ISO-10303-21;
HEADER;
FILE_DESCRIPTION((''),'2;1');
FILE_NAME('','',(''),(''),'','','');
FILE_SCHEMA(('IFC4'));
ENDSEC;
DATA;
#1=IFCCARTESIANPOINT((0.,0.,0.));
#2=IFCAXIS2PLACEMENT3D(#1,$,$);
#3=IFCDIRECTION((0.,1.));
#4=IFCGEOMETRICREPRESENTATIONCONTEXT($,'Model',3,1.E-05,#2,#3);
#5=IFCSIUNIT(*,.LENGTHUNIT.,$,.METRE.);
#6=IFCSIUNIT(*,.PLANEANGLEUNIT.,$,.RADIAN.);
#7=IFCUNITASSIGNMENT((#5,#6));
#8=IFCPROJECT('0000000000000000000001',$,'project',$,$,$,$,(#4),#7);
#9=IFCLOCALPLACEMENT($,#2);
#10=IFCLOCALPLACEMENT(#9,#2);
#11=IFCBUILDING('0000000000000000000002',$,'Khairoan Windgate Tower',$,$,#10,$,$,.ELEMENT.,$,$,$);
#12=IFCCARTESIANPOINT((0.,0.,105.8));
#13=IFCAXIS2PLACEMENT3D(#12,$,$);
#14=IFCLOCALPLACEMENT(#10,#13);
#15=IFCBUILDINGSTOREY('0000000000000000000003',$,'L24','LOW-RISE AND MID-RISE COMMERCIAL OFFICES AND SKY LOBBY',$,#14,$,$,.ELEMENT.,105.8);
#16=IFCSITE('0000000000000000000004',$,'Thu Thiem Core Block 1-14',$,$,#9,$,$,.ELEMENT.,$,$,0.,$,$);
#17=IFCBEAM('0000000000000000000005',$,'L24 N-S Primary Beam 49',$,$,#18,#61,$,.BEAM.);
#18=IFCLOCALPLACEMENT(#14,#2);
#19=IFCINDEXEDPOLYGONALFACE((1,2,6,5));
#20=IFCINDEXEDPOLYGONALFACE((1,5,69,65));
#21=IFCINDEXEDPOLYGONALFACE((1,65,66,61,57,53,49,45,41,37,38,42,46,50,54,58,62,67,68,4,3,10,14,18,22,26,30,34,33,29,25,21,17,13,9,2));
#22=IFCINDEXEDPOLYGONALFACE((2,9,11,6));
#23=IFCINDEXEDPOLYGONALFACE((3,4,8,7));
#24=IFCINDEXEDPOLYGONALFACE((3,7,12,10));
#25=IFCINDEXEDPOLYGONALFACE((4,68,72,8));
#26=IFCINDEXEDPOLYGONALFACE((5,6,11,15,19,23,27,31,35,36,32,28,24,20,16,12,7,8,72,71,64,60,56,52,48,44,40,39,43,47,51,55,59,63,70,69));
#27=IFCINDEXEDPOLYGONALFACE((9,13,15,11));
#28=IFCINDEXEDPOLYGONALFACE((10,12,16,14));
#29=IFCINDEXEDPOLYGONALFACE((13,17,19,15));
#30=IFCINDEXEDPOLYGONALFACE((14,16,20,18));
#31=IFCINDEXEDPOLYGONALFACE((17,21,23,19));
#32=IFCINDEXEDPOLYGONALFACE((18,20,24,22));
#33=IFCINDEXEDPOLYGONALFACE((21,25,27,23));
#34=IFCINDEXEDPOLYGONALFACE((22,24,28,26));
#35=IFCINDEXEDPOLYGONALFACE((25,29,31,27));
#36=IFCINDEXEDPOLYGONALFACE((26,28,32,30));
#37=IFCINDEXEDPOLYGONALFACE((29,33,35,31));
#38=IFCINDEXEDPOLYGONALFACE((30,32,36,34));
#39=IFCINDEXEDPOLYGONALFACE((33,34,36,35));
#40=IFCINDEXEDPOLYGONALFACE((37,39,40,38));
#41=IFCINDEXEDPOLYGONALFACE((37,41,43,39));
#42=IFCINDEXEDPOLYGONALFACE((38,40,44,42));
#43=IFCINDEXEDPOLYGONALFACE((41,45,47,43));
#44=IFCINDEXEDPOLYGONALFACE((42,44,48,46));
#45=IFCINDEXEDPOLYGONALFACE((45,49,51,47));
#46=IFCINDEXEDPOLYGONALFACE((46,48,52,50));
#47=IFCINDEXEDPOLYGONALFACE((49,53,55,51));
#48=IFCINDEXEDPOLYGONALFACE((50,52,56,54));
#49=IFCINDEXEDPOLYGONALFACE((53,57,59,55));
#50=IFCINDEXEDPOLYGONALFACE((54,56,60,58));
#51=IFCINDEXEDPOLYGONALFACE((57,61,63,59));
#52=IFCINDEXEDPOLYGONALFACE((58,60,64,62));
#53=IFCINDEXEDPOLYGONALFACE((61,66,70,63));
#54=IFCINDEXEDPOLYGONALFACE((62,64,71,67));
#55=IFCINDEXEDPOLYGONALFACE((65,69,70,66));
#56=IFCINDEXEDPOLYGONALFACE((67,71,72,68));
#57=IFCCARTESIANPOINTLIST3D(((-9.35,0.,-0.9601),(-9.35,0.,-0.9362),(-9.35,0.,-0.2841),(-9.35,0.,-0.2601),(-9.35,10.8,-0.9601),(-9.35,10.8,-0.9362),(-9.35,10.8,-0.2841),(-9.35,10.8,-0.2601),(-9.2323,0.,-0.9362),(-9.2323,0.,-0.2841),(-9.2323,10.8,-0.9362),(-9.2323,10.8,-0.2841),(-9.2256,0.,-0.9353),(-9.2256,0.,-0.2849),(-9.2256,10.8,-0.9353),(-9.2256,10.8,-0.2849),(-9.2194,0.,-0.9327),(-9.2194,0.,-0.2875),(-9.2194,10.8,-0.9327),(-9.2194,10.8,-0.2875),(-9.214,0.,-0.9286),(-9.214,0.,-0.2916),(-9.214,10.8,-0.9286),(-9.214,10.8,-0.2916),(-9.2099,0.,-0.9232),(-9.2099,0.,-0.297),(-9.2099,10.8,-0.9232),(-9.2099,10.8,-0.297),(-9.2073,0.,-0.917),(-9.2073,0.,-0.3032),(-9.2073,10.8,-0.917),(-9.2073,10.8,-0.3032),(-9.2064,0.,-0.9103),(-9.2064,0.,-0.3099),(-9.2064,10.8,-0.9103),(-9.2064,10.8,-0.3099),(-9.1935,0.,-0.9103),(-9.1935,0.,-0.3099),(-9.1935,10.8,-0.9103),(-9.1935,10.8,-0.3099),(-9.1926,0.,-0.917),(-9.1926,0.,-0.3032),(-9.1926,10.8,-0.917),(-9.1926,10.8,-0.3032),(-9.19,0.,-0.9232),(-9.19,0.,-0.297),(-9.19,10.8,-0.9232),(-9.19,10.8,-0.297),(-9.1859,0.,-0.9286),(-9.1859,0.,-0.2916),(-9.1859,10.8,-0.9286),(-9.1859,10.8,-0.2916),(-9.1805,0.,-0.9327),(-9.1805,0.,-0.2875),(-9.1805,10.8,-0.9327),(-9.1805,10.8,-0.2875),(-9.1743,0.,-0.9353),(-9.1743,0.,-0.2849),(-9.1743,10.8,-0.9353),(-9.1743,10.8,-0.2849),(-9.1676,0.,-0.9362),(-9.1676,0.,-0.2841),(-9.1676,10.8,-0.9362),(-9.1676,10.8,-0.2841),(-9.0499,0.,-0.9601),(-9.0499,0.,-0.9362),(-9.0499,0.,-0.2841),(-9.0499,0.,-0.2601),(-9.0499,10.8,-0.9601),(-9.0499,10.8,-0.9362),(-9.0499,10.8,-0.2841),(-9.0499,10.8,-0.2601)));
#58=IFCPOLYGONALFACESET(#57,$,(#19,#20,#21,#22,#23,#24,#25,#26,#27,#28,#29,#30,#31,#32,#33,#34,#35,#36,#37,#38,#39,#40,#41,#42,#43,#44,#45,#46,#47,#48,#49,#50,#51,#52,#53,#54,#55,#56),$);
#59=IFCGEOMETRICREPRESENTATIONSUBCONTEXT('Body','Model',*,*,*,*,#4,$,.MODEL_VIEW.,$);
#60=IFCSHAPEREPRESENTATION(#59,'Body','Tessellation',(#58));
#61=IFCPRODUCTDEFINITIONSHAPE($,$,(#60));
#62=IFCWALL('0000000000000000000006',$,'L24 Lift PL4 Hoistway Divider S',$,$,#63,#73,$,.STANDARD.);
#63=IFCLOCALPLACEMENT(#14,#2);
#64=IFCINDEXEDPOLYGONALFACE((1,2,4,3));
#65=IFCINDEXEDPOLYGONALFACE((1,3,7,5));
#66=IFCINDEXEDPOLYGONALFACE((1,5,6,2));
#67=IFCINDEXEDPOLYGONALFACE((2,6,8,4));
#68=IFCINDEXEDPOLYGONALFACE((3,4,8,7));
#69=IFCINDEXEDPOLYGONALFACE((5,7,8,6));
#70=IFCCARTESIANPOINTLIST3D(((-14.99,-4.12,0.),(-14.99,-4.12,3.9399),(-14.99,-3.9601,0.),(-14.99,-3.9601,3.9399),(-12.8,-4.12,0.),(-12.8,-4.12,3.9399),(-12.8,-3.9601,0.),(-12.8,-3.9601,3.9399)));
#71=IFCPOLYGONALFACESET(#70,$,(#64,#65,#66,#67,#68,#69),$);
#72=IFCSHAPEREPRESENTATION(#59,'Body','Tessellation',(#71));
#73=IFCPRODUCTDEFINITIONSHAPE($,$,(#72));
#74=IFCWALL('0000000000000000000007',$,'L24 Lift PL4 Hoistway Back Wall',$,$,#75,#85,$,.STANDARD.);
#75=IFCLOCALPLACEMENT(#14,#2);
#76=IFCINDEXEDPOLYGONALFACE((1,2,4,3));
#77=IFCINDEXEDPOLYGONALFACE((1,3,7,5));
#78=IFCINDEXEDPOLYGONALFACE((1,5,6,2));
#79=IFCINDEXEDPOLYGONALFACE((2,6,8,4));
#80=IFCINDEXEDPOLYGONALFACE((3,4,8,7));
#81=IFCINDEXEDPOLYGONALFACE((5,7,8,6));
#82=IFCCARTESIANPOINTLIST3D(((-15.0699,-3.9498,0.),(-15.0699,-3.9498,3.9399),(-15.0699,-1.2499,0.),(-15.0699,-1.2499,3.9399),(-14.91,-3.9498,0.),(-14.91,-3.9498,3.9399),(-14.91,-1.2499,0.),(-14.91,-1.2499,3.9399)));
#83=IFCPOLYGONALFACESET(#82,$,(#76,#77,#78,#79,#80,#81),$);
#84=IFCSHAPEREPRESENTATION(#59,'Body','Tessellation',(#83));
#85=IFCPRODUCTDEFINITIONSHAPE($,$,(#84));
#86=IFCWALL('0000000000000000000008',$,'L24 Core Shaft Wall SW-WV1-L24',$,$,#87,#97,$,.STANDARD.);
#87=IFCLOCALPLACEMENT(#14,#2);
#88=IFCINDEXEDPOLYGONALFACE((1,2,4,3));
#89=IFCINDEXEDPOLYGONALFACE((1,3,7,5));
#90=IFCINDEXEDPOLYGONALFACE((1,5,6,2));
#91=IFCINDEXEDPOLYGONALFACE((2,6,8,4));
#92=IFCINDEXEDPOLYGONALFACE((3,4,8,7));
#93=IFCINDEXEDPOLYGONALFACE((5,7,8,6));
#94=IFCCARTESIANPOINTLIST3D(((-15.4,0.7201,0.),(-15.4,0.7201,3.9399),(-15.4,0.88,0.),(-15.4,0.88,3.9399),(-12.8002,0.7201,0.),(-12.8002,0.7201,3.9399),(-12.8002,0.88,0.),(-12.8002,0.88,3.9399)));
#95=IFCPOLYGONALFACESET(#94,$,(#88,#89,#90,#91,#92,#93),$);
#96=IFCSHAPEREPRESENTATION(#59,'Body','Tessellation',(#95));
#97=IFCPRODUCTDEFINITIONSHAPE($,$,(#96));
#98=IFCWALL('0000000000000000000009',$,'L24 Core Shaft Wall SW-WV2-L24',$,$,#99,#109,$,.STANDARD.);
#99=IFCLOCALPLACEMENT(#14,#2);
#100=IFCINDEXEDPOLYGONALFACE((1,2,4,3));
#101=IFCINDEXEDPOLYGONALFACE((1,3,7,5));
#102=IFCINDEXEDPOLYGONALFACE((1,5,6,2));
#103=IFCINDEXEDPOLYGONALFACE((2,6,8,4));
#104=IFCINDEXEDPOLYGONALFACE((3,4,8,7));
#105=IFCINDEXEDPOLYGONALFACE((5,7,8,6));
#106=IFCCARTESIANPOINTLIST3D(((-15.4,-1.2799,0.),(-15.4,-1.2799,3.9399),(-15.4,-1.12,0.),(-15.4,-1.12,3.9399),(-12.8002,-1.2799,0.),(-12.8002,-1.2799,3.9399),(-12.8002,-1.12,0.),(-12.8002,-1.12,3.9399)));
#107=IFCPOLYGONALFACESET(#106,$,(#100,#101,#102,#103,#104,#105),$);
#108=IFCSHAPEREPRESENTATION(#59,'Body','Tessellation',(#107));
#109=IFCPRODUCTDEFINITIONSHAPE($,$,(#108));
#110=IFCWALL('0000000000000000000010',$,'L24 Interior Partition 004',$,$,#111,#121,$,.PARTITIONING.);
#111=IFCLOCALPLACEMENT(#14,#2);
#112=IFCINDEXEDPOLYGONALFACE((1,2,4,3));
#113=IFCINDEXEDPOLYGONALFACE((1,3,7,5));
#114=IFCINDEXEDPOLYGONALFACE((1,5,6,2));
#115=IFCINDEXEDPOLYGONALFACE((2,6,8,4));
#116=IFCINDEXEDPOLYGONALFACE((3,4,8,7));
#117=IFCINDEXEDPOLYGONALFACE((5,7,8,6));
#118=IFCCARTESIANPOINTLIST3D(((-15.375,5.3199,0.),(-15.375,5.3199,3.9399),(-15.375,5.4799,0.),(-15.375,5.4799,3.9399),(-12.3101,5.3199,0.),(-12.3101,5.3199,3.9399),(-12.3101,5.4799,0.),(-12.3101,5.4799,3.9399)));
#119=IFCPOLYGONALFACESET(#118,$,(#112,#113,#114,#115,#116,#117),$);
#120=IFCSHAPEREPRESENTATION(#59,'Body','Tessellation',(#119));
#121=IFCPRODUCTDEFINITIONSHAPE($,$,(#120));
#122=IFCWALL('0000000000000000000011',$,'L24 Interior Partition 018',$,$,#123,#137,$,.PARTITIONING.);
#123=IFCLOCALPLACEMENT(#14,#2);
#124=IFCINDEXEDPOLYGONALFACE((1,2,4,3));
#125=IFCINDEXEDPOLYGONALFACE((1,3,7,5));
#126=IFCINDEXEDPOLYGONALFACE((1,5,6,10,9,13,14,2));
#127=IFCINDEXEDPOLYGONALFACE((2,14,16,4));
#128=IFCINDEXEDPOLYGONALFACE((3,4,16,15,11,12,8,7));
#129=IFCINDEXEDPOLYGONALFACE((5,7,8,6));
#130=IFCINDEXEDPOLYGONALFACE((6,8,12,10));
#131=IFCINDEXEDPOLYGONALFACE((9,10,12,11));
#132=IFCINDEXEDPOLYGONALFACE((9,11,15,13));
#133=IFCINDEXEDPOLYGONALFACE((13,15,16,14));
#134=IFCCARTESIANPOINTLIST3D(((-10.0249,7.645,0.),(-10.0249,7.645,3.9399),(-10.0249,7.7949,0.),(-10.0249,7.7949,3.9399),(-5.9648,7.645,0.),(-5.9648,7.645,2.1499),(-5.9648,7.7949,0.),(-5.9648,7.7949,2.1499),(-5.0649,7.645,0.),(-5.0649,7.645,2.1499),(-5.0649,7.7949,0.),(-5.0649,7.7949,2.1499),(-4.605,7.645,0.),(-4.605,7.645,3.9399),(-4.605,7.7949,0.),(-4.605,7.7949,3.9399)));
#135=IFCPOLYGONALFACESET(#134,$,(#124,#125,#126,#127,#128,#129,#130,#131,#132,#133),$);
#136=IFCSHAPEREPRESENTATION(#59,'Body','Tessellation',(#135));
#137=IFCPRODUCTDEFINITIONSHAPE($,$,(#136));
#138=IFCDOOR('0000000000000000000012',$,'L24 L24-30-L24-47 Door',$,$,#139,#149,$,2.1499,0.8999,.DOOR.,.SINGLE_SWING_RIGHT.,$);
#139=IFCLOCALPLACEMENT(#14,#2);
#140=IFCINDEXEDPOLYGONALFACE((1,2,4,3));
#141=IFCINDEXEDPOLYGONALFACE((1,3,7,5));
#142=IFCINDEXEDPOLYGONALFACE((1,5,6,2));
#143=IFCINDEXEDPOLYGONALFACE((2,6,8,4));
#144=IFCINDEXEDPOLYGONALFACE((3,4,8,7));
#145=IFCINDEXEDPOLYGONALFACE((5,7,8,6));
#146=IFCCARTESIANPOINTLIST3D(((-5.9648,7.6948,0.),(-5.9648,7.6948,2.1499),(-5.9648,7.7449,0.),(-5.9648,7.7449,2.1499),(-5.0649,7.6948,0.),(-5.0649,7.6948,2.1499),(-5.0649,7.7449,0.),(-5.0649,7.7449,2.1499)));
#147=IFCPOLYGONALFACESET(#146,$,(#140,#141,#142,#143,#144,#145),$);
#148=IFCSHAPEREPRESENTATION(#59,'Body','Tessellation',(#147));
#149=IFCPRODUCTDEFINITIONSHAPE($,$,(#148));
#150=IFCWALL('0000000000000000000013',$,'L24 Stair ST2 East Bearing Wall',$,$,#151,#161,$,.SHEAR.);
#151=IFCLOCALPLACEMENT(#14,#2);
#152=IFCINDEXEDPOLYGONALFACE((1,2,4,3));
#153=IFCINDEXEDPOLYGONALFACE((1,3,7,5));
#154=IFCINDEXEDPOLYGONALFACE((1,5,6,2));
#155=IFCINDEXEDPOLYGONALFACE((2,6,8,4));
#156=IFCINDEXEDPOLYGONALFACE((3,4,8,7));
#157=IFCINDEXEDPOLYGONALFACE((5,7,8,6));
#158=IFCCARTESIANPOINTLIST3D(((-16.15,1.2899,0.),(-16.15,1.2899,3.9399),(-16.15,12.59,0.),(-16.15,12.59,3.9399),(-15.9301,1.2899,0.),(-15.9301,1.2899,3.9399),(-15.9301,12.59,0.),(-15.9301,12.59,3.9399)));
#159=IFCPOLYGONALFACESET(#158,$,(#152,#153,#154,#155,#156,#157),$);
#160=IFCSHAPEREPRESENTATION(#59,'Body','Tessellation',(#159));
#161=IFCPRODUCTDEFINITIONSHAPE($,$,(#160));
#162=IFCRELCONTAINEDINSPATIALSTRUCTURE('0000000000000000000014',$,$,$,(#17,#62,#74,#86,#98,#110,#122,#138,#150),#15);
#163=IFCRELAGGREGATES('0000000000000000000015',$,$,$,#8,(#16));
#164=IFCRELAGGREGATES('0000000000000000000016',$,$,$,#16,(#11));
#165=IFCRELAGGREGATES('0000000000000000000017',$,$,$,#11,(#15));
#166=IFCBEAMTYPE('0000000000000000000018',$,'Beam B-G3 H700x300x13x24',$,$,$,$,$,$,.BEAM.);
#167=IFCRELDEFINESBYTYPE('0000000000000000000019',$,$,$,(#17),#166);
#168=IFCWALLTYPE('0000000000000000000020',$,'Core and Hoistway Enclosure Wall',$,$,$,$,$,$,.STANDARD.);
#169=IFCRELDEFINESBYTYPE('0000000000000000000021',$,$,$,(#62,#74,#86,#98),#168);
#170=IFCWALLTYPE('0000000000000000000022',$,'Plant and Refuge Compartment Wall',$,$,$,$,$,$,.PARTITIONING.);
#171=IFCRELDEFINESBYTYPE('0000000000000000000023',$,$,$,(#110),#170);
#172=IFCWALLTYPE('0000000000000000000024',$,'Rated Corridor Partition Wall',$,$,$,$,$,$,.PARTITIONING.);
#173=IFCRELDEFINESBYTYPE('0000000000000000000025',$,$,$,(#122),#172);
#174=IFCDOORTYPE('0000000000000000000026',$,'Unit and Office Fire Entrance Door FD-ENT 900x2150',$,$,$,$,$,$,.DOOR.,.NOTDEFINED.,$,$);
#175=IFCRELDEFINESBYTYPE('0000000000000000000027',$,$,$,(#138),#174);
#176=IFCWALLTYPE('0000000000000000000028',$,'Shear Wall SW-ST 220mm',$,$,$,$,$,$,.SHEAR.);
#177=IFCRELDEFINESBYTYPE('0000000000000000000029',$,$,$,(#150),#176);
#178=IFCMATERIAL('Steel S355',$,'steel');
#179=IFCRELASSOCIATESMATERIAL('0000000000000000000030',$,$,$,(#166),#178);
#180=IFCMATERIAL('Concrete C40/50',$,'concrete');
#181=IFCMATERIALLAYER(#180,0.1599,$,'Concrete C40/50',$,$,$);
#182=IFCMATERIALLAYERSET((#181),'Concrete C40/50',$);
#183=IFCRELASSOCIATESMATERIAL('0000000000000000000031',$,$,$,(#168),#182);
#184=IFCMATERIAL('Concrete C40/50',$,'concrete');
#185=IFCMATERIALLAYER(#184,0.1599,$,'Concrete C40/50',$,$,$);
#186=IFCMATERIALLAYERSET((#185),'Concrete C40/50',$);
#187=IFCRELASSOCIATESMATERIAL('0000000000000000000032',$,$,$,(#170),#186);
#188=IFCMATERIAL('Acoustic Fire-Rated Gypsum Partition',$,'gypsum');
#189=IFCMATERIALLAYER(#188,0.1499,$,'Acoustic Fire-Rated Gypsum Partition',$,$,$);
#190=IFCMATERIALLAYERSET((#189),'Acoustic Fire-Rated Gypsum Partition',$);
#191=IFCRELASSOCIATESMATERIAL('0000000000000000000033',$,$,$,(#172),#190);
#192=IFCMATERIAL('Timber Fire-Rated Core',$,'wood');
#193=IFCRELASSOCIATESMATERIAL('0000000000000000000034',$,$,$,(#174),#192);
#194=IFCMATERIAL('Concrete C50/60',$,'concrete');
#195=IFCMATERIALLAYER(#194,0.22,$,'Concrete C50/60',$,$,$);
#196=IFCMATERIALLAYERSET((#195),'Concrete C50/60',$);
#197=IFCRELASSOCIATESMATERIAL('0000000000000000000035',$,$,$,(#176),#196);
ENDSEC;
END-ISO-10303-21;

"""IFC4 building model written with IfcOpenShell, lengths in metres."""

from ifc_helpers import new_model, si_unit, direction, frame, frame_2d, origin, origin_2d, place, context, subcontext, project, spatial, rectangle, i_section, extrude, material, layer, layer_set, material_profile, profile_set, type_object, element, fill, save


model = new_model("IFC4")

# Units and contexts
model_context = context("Model", 3, precision=1e-05, world=origin(), true_north=direction((0.0, 1.0)))
body_context = subcontext(model_context, "Body", "Model", "MODEL_VIEW")
ifc_project = project(units=[si_unit("LENGTHUNIT", "METRE"), si_unit("PLANEANGLEUNIT", "RADIAN")], contexts=[model_context])

# Site, building, storey
site_placement = place(None, origin())
site = spatial("IfcSite", under=ifc_project, at=site_placement, Name="Thu Thiem Core Block 1-14", CompositionType="ELEMENT", RefElevation=0.0)
building_placement = place(site_placement, origin())
building = spatial("IfcBuilding", under=site, at=building_placement, Name="Khairoan Windgate Tower", CompositionType="ELEMENT")
storey_placement = place(building_placement, frame((0.0, 0.0, 105.8)))
storey = spatial("IfcBuildingStorey", under=building, at=storey_placement, Name="L24", Description="LOW-RISE AND MID-RISE COMMERCIAL OFFICES AND SKY LOBBY", CompositionType="ELEMENT", Elevation=105.8)

# Beam
ifc_material_1 = material(Name="Steel S355", Category="steel")
ifc_material_profile_1 = material_profile(ifc_material_1, i_section(OverallWidth=0.3, OverallDepth=0.7, WebThickness=0.0129, FlangeThickness=0.0239, FilletRadius=0.0259, at=origin_2d()))
ifc_profile_set_1 = profile_set([ifc_material_profile_1], Name="Steel S355")
beam_type = type_object("IfcBeamType", Name="Beam B-G3 H700x300x13x24", PredefinedType="BEAM", material=ifc_profile_set_1)
for number, where, z_axis, x_axis, name in (
    (1, (-9.2, 0.0, -0.6101), (0.0, 1.0, 0.0), (-1.0, 0.0, 0.0), "L24 N-S Primary Beam 49"),
):
    element("IfcBeam", number, at=place(storey_placement, frame(where, z_axis=z_axis, x_axis=x_axis)), inside=storey, type_object=beam_type, Name=name, PredefinedType="BEAM", context=body_context, shape_type="SweptSolid", body=[
        extrude(i_section(OverallWidth=0.3, OverallDepth=0.7, WebThickness=0.0129, FlangeThickness=0.0239, FilletRadius=0.0259, at=origin_2d()), origin(), (0.0, 0.0, 1.0), 10.8),
    ])

# Walls
ifc_material_2 = material(Name="Concrete C40/50", Category="concrete")
ifc_layer_1 = layer(ifc_material_2, 0.1599, Name="Concrete C40/50")
ifc_layer_set_1 = layer_set([ifc_layer_1], Name="Concrete C40/50")
wall_type_1 = type_object("IfcWallType", Name="Core and Hoistway Enclosure Wall", PredefinedType="STANDARD", material=ifc_layer_set_1)
wall_1_placement = place(storey_placement, frame((-14.99, -4.04, 0.0), z_axis=(0.0, 0.0, 1.0), x_axis=(1.0, 0.0, 0.0)))
element("IfcWall", 2, at=wall_1_placement, inside=storey, type_object=wall_type_1, Name="L24 Lift PL4 Hoistway Divider S", PredefinedType="STANDARD", context=body_context, shape_type="SweptSolid", body=[
    extrude(rectangle(XDim=2.1899, YDim=0.1599, at=frame_2d((1.095, 0.0))), origin(), (0.0, 0.0, 1.0), 3.9399),
])
wall_2_placement = place(storey_placement, frame((-14.99, -3.95, 0.0), z_axis=(0.0, 0.0, 1.0), x_axis=(0.0, 1.0, 0.0)))
element("IfcWall", 3, at=wall_2_placement, inside=storey, type_object=wall_type_1, Name="L24 Lift PL4 Hoistway Back Wall", PredefinedType="STANDARD", context=body_context, shape_type="SweptSolid", body=[
    extrude(rectangle(XDim=2.7, YDim=0.1599, at=frame_2d((1.3501, 0.0))), origin(), (0.0, 0.0, 1.0), 3.9399),
])
for number, where, z_axis, x_axis, name in (
    (4, (-15.3999, 0.8, 0.0), (0.0, 0.0, 1.0), (1.0, 0.0, 0.0), "L24 Core Shaft Wall SW-WV1-L24"),
    (5, (-15.3999, -1.2, 0.0), (0.0, 0.0, 1.0), (1.0, 0.0, 0.0), "L24 Core Shaft Wall SW-WV2-L24"),
):
    element("IfcWall", number, at=place(storey_placement, frame(where, z_axis=z_axis, x_axis=x_axis)), inside=storey, type_object=wall_type_1, Name=name, PredefinedType="STANDARD", context=body_context, shape_type="SweptSolid", body=[
        extrude(rectangle(XDim=2.5999, YDim=0.1599, at=frame_2d((1.2998, 0.0))), origin(), (0.0, 0.0, 1.0), 3.9399),
    ])
ifc_material_3 = material(Name="Concrete C40/50", Category="concrete")
ifc_layer_2 = layer(ifc_material_3, 0.1599, Name="Concrete C40/50")
ifc_layer_set_2 = layer_set([ifc_layer_2], Name="Concrete C40/50")
wall_type_2 = type_object("IfcWallType", Name="Plant and Refuge Compartment Wall", PredefinedType="PARTITIONING", material=ifc_layer_set_2)
wall_3_placement = place(storey_placement, frame((-15.375, 5.3999, 0.0), z_axis=(0.0, 0.0, 1.0), x_axis=(1.0, 0.0, 0.0)))
element("IfcWall", 6, at=wall_3_placement, inside=storey, type_object=wall_type_2, Name="L24 Interior Partition 004", PredefinedType="PARTITIONING", context=body_context, shape_type="SweptSolid", body=[
    extrude(rectangle(XDim=3.0649, YDim=0.1599, at=frame_2d((1.5325, 0.0))), origin(), (0.0, 0.0, 1.0), 3.9399),
])

# Wall, opening, door
ifc_material_4 = material(Name="Acoustic Fire-Rated Gypsum Partition", Category="gypsum")
ifc_layer_3 = layer(ifc_material_4, 0.1499, Name="Acoustic Fire-Rated Gypsum Partition")
ifc_layer_set_3 = layer_set([ifc_layer_3], Name="Acoustic Fire-Rated Gypsum Partition")
wall_type_3 = type_object("IfcWallType", Name="Rated Corridor Partition Wall", PredefinedType="PARTITIONING", material=ifc_layer_set_3)
wall_4_placement = place(storey_placement, frame((-10.0249, 7.72, 0.0), z_axis=(0.0, 0.0, 1.0), x_axis=(1.0, 0.0, 0.0)))
wall_4 = element("IfcWall", 7, at=wall_4_placement, inside=storey, type_object=wall_type_3, Name="L24 Interior Partition 018", PredefinedType="PARTITIONING", context=body_context, shape_type="SweptSolid", body=[
    extrude(rectangle(XDim=5.4199, YDim=0.1499, at=frame_2d((2.71, 0.0))), origin(), (0.0, 0.0, 1.0), 3.9399),
])
opening_placement = place(wall_4_placement, frame((4.0601, 0.0, 0.0)))
opening = element("IfcOpeningElement", 8, at=opening_placement, cuts=wall_4, PredefinedType="OPENING", context=body_context, shape_type="SweptSolid", body=[
    extrude(rectangle(XDim=0.8999, YDim=2.1499, at=frame_2d((0.45, 1.075))), frame((0.0, 0.085, 0.0), z_axis=(0.0, -1.0, 0.0), x_axis=(1.0, 0.0, 0.0)), (0.0, 0.0, 1.0), 0.1699),
])
ifc_material_5 = material(Name="Timber Fire-Rated Core", Category="wood")
door_type = type_object("IfcDoorType", Name="Unit and Office Fire Entrance Door FD-ENT 900x2150", OperationType="NOTDEFINED", PredefinedType="DOOR", material=ifc_material_5)
door_placement = place(opening_placement, origin())
door = element("IfcDoor", 9, at=door_placement, inside=storey, type_object=door_type, Name="L24 L24-30-L24-47 Door", OperationType="SINGLE_SWING_RIGHT", OverallHeight=2.1499, OverallWidth=0.8999, PredefinedType="DOOR", context=body_context, shape_type="SweptSolid", body=[
    extrude(rectangle(XDim=0.8999, YDim=2.1499, at=frame_2d((0.45, 1.075))), frame((0.0, 0.0249, 0.0), z_axis=(0.0, -1.0, 0.0), x_axis=(1.0, 0.0, 0.0)), (0.0, 0.0, 1.0), 0.05),
])
fill(opening, door)

# Wall
ifc_material_6 = material(Name="Concrete C50/60", Category="concrete")
ifc_layer_4 = layer(ifc_material_6, 0.22, Name="Concrete C50/60")
ifc_layer_set_4 = layer_set([ifc_layer_4], Name="Concrete C50/60")
wall_type_4 = type_object("IfcWallType", Name="Shear Wall SW-ST 220mm", PredefinedType="SHEAR", material=ifc_layer_set_4)
wall_5_placement = place(storey_placement, frame((-16.04, 1.29, 0.0), z_axis=(0.0, 0.0, 1.0), x_axis=(0.0, 1.0, 0.0)))
element("IfcWall", 10, at=wall_5_placement, inside=storey, type_object=wall_type_4, Name="L24 Stair ST2 East Bearing Wall", PredefinedType="SHEAR", context=body_context, shape_type="SweptSolid", body=[
    extrude(rectangle(XDim=11.3, YDim=0.22, at=frame_2d((5.6499, 0.0))), origin(), (0.0, 0.0, 1.0), 3.9399),
])

save(model, "model.ifc")
